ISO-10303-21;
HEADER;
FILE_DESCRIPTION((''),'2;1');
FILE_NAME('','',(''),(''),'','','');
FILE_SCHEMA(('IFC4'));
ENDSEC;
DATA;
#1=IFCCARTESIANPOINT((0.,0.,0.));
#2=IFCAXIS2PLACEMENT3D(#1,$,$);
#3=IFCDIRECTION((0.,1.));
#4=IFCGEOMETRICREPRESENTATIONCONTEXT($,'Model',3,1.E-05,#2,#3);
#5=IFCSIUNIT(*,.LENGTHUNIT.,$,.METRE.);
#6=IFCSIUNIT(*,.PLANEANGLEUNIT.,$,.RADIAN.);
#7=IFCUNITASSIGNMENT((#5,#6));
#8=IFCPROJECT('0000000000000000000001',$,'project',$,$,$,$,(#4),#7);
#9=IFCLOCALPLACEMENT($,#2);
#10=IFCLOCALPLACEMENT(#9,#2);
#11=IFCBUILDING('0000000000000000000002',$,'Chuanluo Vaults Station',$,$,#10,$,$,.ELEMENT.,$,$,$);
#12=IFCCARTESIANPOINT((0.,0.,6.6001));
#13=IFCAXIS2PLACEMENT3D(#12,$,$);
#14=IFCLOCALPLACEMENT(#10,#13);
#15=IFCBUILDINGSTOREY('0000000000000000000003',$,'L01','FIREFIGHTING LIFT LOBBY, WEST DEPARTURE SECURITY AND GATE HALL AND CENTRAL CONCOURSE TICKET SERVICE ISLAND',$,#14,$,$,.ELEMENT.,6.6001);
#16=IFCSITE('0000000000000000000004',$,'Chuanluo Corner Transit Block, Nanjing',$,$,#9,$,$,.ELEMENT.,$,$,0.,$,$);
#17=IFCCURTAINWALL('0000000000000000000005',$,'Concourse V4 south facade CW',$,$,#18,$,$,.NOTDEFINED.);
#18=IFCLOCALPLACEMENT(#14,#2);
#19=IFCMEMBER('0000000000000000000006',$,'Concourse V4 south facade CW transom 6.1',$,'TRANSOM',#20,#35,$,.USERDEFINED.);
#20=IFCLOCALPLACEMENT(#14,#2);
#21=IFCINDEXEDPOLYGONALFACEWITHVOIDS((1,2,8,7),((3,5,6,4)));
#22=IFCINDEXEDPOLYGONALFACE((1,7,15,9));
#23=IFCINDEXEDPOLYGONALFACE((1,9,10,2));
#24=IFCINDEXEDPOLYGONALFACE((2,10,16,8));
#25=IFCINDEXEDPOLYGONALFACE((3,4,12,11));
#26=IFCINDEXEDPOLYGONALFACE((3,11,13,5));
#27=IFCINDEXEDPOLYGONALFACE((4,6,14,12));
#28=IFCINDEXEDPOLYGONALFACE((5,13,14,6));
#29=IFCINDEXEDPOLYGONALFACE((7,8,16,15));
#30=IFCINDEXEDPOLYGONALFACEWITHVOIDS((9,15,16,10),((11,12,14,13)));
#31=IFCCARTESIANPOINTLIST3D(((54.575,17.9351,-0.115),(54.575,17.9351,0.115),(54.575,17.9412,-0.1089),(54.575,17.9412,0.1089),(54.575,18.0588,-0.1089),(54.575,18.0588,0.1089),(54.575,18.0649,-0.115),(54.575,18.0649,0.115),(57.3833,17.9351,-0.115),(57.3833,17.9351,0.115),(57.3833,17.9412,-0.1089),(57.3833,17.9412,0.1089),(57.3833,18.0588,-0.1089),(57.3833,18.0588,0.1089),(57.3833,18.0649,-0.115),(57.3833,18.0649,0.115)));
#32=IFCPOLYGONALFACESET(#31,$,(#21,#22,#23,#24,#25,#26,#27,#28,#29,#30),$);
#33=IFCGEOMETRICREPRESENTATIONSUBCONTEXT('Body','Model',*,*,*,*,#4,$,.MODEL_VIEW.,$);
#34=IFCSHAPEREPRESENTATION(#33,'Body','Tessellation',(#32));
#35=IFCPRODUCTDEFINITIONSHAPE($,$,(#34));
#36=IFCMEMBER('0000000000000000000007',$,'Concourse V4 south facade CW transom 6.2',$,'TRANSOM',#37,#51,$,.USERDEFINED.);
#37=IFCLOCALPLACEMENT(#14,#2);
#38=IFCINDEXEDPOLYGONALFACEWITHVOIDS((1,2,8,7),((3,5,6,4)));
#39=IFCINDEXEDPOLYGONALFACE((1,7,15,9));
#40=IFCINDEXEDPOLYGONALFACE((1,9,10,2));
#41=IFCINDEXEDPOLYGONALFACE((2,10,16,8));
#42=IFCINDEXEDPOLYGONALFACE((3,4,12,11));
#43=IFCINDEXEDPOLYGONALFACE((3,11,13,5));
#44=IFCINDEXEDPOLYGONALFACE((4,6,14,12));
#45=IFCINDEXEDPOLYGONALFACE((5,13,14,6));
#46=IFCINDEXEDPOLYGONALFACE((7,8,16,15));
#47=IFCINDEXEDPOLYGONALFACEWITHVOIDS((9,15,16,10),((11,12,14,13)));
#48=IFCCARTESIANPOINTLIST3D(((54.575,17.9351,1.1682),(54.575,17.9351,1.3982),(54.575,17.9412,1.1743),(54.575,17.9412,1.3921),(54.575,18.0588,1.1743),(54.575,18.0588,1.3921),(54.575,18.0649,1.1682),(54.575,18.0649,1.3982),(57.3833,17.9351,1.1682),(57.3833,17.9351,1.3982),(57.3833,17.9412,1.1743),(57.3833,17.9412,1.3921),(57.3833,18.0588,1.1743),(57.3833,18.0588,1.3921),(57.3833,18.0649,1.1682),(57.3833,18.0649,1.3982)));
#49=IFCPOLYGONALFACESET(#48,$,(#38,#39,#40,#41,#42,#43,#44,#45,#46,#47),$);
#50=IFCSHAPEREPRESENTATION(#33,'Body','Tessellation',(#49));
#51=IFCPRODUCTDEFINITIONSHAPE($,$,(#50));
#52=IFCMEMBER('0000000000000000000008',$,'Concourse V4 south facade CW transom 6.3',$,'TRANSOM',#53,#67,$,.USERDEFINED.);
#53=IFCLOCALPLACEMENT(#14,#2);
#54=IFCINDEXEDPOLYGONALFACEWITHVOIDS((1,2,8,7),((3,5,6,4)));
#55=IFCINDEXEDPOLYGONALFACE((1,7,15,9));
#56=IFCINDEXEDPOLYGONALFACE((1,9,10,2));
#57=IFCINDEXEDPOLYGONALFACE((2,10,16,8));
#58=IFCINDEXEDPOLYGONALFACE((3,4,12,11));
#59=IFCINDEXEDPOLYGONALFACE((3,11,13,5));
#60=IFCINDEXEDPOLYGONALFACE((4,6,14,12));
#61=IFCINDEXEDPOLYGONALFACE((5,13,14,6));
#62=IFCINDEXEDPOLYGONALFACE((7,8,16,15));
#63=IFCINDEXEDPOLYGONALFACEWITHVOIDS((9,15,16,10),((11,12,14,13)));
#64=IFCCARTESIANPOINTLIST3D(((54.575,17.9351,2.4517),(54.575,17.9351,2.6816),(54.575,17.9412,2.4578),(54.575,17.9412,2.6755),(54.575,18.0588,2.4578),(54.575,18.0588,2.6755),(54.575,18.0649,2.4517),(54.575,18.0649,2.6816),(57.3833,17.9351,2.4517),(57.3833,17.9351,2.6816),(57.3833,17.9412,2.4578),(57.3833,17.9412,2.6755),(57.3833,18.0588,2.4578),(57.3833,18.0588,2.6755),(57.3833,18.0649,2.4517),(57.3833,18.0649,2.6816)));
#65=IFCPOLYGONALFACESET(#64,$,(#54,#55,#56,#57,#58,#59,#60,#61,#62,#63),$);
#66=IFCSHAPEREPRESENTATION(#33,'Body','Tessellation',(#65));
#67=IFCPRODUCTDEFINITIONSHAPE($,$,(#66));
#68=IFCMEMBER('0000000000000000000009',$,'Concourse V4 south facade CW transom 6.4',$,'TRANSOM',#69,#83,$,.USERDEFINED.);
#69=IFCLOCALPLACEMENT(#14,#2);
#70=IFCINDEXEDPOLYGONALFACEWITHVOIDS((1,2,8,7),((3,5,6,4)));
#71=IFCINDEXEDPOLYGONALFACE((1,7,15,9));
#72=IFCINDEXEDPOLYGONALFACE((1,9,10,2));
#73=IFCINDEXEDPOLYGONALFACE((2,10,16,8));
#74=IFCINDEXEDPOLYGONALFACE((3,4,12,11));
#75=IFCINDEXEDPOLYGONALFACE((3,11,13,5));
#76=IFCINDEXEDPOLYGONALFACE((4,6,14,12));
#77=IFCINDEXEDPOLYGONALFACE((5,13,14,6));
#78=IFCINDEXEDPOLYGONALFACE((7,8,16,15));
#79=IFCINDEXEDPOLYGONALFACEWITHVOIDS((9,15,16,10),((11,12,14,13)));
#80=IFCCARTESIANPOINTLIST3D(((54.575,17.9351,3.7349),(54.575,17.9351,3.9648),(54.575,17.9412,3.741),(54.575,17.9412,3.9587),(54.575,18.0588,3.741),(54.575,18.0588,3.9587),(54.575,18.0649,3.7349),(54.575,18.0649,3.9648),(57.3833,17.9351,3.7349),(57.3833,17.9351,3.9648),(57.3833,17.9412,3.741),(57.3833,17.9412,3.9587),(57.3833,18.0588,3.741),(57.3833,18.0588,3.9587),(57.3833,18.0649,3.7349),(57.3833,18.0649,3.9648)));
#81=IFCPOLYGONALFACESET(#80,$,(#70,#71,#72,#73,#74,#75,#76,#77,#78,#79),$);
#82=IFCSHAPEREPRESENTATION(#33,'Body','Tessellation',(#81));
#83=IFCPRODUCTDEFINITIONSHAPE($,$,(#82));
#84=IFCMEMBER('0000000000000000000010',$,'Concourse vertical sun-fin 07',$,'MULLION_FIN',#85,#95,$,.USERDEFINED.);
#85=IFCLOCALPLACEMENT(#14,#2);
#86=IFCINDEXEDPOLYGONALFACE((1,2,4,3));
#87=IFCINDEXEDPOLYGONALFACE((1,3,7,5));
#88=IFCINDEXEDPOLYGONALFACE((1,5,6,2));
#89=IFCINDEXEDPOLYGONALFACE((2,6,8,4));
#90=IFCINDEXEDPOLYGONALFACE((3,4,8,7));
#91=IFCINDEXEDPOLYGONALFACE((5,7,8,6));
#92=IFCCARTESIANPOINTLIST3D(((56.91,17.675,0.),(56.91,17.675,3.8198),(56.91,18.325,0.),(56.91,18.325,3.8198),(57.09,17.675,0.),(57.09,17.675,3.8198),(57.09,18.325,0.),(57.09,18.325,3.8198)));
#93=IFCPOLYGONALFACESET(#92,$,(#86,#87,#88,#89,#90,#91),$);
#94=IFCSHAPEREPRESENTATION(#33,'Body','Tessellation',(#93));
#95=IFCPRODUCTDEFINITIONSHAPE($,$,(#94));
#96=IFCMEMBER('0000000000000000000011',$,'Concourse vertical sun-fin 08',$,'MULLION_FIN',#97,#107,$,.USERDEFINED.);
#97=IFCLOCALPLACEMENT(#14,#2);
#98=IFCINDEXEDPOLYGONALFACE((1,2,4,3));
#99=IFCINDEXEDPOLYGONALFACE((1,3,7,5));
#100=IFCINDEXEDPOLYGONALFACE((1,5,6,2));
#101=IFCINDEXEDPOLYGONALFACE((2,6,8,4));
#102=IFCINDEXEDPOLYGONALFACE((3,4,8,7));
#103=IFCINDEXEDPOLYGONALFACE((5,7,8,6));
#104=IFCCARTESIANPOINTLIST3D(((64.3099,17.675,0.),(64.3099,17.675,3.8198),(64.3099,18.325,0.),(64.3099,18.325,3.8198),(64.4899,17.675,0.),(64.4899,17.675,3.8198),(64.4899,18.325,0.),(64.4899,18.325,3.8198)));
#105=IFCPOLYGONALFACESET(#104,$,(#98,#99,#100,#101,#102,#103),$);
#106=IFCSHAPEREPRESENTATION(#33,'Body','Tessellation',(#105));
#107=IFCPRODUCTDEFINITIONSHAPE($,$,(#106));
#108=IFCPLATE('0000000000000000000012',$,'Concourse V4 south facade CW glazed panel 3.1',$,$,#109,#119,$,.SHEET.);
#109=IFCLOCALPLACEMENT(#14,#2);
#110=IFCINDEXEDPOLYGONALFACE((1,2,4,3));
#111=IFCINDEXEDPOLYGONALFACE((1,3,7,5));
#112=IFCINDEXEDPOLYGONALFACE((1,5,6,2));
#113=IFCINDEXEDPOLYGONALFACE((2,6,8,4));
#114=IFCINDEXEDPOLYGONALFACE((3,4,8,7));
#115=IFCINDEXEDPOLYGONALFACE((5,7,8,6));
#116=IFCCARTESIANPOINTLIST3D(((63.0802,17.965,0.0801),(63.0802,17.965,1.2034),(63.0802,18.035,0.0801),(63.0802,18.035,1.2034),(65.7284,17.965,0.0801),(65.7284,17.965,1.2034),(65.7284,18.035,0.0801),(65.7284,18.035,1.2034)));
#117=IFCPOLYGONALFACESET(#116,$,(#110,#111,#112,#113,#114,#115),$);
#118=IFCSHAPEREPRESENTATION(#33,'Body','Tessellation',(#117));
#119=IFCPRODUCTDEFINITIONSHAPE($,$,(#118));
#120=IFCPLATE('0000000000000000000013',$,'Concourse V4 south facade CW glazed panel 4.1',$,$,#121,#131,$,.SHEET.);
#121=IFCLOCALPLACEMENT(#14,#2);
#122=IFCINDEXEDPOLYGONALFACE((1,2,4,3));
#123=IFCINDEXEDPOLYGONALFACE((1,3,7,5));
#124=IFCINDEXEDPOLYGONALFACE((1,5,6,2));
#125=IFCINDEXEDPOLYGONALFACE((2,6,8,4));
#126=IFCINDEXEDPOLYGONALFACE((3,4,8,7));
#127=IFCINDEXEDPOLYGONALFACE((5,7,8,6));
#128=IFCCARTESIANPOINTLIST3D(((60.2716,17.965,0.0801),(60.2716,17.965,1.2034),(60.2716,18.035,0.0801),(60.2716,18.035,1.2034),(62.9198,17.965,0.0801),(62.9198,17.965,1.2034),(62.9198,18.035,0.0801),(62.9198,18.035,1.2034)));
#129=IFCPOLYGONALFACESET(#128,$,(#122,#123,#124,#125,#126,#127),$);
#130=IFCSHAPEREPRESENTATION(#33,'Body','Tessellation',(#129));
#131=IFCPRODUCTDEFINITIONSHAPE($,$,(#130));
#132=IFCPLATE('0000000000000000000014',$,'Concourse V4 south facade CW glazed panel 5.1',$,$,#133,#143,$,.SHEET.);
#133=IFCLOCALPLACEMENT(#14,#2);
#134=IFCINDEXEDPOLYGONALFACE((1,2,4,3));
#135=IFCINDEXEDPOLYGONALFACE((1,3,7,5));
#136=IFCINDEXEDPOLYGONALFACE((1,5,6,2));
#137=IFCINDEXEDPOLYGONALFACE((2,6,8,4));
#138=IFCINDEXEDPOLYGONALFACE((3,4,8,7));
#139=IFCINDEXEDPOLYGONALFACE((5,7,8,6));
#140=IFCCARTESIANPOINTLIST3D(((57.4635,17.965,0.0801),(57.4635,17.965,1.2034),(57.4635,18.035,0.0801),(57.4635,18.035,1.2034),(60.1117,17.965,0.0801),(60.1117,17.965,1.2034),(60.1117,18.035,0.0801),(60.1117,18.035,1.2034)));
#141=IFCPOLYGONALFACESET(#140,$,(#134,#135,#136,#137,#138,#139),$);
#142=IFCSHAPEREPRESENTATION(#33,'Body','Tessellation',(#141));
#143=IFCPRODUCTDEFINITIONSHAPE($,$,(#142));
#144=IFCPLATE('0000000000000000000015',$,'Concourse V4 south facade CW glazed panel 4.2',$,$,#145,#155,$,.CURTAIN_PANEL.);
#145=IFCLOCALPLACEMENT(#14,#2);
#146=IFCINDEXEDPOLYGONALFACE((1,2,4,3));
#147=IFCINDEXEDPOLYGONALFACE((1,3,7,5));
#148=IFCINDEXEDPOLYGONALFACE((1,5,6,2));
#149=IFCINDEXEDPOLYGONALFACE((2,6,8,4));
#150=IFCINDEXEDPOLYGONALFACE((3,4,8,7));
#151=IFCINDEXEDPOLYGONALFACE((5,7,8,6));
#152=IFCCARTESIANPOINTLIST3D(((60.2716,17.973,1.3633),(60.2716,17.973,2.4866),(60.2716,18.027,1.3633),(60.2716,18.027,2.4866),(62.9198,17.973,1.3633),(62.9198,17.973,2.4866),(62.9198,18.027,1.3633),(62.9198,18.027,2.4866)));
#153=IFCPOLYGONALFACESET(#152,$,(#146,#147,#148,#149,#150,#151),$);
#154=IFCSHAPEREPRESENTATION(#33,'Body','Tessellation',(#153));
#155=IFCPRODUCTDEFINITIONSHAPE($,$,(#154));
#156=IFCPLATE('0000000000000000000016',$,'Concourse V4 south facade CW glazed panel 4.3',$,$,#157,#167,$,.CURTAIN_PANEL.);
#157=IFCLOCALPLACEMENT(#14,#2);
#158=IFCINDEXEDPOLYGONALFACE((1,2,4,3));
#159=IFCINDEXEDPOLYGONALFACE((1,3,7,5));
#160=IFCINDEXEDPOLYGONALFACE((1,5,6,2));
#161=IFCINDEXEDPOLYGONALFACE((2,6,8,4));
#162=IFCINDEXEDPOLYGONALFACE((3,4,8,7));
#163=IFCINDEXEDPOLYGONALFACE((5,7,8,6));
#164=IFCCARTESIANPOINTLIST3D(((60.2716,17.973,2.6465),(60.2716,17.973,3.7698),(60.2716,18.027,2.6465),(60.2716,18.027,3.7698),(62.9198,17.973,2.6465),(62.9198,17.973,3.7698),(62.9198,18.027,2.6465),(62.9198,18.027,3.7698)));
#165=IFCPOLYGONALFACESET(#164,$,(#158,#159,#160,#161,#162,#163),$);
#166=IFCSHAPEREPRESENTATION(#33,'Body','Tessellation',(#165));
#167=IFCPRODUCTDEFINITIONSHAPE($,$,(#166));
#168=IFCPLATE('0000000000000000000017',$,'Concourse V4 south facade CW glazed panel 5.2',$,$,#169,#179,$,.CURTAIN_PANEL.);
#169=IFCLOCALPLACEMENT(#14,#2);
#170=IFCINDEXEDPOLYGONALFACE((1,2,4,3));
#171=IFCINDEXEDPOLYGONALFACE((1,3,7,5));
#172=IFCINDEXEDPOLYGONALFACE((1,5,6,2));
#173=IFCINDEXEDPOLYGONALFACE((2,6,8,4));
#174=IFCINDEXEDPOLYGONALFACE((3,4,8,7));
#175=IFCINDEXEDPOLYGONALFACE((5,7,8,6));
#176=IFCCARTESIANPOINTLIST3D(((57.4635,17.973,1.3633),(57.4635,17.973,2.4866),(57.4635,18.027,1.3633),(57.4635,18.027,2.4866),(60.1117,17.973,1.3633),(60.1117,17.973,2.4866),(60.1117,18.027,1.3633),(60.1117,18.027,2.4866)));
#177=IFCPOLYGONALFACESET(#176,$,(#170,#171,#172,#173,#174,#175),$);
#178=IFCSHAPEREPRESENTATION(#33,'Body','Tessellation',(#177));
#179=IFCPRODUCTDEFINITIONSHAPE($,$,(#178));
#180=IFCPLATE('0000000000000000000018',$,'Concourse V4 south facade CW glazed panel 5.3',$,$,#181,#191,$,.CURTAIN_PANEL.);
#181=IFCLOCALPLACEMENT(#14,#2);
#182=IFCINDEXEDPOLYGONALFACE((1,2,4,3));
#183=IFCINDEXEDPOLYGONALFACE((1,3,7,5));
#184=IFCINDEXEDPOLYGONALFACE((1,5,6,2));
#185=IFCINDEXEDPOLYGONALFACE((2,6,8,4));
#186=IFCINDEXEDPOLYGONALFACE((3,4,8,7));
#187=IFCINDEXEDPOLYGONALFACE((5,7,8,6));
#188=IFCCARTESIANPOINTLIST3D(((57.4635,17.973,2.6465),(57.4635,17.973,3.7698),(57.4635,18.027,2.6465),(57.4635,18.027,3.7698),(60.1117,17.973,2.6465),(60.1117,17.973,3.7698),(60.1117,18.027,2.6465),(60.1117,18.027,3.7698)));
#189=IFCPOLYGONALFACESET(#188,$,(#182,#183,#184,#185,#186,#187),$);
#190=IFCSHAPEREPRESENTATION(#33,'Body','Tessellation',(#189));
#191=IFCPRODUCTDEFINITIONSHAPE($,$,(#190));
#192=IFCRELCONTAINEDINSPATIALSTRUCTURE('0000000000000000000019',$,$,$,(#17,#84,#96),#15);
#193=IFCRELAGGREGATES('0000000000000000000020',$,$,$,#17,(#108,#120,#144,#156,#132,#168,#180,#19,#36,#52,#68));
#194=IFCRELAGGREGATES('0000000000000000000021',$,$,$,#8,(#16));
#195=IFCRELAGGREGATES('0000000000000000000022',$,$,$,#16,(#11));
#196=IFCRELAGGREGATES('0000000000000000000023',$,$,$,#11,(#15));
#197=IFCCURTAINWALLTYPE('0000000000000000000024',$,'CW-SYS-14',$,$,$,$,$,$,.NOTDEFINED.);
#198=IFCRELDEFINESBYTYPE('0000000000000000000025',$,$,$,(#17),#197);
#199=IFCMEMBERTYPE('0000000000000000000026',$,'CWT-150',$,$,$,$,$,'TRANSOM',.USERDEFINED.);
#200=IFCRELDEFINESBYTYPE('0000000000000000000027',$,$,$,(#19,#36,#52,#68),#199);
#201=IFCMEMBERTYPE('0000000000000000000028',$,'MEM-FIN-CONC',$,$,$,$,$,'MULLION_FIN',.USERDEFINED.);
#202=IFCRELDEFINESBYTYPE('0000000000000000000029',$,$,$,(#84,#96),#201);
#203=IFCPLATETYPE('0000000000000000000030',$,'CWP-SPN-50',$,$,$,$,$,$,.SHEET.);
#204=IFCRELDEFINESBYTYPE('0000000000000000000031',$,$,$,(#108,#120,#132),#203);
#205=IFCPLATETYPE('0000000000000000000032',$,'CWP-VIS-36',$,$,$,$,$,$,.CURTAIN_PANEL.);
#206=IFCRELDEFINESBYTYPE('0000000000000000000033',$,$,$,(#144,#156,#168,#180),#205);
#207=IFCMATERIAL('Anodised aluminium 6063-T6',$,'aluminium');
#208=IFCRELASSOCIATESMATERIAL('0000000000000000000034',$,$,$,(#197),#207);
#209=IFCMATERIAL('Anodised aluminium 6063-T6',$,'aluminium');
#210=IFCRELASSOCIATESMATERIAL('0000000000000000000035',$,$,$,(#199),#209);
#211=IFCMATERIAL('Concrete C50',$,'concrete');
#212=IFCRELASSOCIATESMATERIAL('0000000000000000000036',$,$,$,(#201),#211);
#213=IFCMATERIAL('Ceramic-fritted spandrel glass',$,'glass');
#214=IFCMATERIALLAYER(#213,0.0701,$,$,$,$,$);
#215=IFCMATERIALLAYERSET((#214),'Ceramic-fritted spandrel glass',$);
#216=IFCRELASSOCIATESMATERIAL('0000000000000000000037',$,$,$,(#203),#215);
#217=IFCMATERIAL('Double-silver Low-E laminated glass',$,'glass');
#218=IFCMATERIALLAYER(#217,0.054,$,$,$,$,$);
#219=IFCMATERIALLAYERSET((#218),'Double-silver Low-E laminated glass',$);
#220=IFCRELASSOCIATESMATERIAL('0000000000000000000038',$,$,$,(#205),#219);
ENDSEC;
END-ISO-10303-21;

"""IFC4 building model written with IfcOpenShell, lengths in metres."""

from ifc_helpers import new_model, si_unit, direction, frame, origin, origin_2d, place, context, subcontext, project, spatial, rectangle, hollow_rectangle, extrude, material, layer, layer_set, material_profile, profile_set, type_object, element, aggregate, save


model = new_model("IFC4")

# Units and contexts
model_context = context("Model", 3, precision=1e-05, world=origin(), true_north=direction((0.0, 1.0)))
body_context = subcontext(model_context, "Body", "Model", "MODEL_VIEW")
ifc_project = project(units=[si_unit("LENGTHUNIT", "METRE"), si_unit("PLANEANGLEUNIT", "RADIAN")], contexts=[model_context])

# Site, building, storey
site_placement = place(None, origin())
site = spatial("IfcSite", under=ifc_project, at=site_placement, Name="Chuanluo Corner Transit Block, Nanjing", CompositionType="ELEMENT", RefElevation=0.0)
building_placement = place(site_placement, origin())
building = spatial("IfcBuilding", under=site, at=building_placement, Name="Chuanluo Vaults Station", CompositionType="ELEMENT")
storey_placement = place(building_placement, frame((0.0, 0.0, 6.6001)))
storey = spatial("IfcBuildingStorey", under=building, at=storey_placement, Name="L01", Description="FIREFIGHTING LIFT LOBBY, WEST DEPARTURE SECURITY AND GATE HALL AND CENTRAL CONCOURSE TICKET SERVICE ISLAND", CompositionType="ELEMENT", Elevation=6.6001)

# Curtain wall, members
ifc_material_1 = material(Name="Anodised aluminium 6063-T6", Category="aluminium")
curtain_wall_type = type_object("IfcCurtainWallType", Name="CW-SYS-14", PredefinedType="NOTDEFINED", material=ifc_material_1)
curtain_wall_placement = place(storey_placement, origin())
curtain_wall = element("IfcCurtainWall", 1, at=curtain_wall_placement, inside=storey, type_object=curtain_wall_type, Name="Concourse V4 south facade CW", PredefinedType="NOTDEFINED")
ifc_material_2 = material(Name="Anodised aluminium 6063-T6", Category="aluminium")
ifc_material_profile_1 = material_profile(ifc_material_2, hollow_rectangle(XDim=0.1299, YDim=0.23, WallThickness=0.0061, at=origin_2d()))
ifc_profile_set_1 = profile_set([ifc_material_profile_1], Name="Anodised aluminium 6063-T6")
member_type_1 = type_object("IfcMemberType", Name="CWT-150", ElementType="TRANSOM", PredefinedType="USERDEFINED", material=ifc_profile_set_1)
member_1_placement = place(storey_placement, frame((57.3833, 18.0, 0.0), z_axis=(-1.0, 0.0, 0.0), x_axis=(0.0, -1.0, 0.0)))
member_1 = element("IfcMember", 2, at=member_1_placement, type_object=member_type_1, Name="Concourse V4 south facade CW transom 6.1", ObjectType="TRANSOM", PredefinedType="USERDEFINED", context=body_context, shape_type="SweptSolid", body=[
    extrude(hollow_rectangle(XDim=0.1299, YDim=0.23, WallThickness=0.0061, at=origin_2d()), origin(), (0.0, 0.0, 1.0), 2.8083),
])
member_2_placement = place(storey_placement, frame((57.3833, 18.0, 1.2832), z_axis=(-1.0, 0.0, 0.0), x_axis=(0.0, -1.0, 0.0)))
member_2 = element("IfcMember", 3, at=member_2_placement, type_object=member_type_1, Name="Concourse V4 south facade CW transom 6.2", ObjectType="TRANSOM", PredefinedType="USERDEFINED", context=body_context, shape_type="SweptSolid", body=[
    extrude(hollow_rectangle(XDim=0.1299, YDim=0.23, WallThickness=0.0061, at=origin_2d()), origin(), (0.0, 0.0, 1.0), 2.8083),
])
member_3_placement = place(storey_placement, frame((57.3833, 18.0, 2.5667), z_axis=(-1.0, 0.0, 0.0), x_axis=(0.0, -1.0, 0.0)))
member_3 = element("IfcMember", 4, at=member_3_placement, type_object=member_type_1, Name="Concourse V4 south facade CW transom 6.3", ObjectType="TRANSOM", PredefinedType="USERDEFINED", context=body_context, shape_type="SweptSolid", body=[
    extrude(hollow_rectangle(XDim=0.1299, YDim=0.23, WallThickness=0.0061, at=origin_2d()), origin(), (0.0, 0.0, 1.0), 2.8083),
])
member_4_placement = place(storey_placement, frame((57.3833, 18.0, 3.8499), z_axis=(-1.0, 0.0, 0.0), x_axis=(0.0, -1.0, 0.0)))
member_4 = element("IfcMember", 5, at=member_4_placement, type_object=member_type_1, Name="Concourse V4 south facade CW transom 6.4", ObjectType="TRANSOM", PredefinedType="USERDEFINED", context=body_context, shape_type="SweptSolid", body=[
    extrude(hollow_rectangle(XDim=0.1299, YDim=0.23, WallThickness=0.0061, at=origin_2d()), origin(), (0.0, 0.0, 1.0), 2.8083),
])

# Members
ifc_material_3 = material(Name="Concrete C50", Category="concrete")
ifc_material_profile_2 = material_profile(ifc_material_3, rectangle(XDim=0.1799, YDim=0.6499, at=origin_2d()))
ifc_profile_set_2 = profile_set([ifc_material_profile_2], Name="Concrete C50")
member_type_2 = type_object("IfcMemberType", Name="MEM-FIN-CONC", ElementType="MULLION_FIN", PredefinedType="USERDEFINED", material=ifc_profile_set_2)
for number, where, z_axis, x_axis, name in (
    (6, (57.0, 18.0, 0.0), (0.0, 0.0, 1.0), (1.0, 0.0, 0.0), "Concourse vertical sun-fin 07"),
    (7, (64.3999, 18.0, 0.0), (0.0, 0.0, 1.0), (1.0, 0.0, 0.0), "Concourse vertical sun-fin 08"),
):
    element("IfcMember", number, at=place(storey_placement, frame(where, z_axis=z_axis, x_axis=x_axis)), inside=storey, type_object=member_type_2, Name=name, ObjectType="MULLION_FIN", PredefinedType="USERDEFINED", context=body_context, shape_type="SweptSolid", body=[
        extrude(rectangle(XDim=0.1799, YDim=0.6499, at=origin_2d()), origin(), (0.0, 0.0, 1.0), 3.8198),
    ])

# Plates
ifc_material_4 = material(Name="Ceramic-fritted spandrel glass", Category="glass")
ifc_layer_1 = layer(ifc_material_4, 0.0701)
ifc_layer_set_1 = layer_set([ifc_layer_1], Name="Ceramic-fritted spandrel glass")
plate_type_1 = type_object("IfcPlateType", Name="CWP-SPN-50", PredefinedType="SHEET", material=ifc_layer_set_1)
plate_1_placement = place(storey_placement, frame((64.4043, 18.0, 0.0801), z_axis=(0.0, 0.0, 1.0), x_axis=(-1.0, 0.0, 0.0)))
plate_1 = element("IfcPlate", 8, at=plate_1_placement, type_object=plate_type_1, Name="Concourse V4 south facade CW glazed panel 3.1", PredefinedType="SHEET", context=body_context, shape_type="SweptSolid", body=[
    extrude(rectangle(XDim=2.6482, YDim=0.0701, at=origin_2d()), origin(), (0.0, 0.0, 1.0), 1.1233),
])
plate_2_placement = place(storey_placement, frame((61.5957, 18.0, 0.0801), z_axis=(0.0, 0.0, 1.0), x_axis=(-1.0, 0.0, 0.0)))
plate_2 = element("IfcPlate", 9, at=plate_2_placement, type_object=plate_type_1, Name="Concourse V4 south facade CW glazed panel 4.1", PredefinedType="SHEET", context=body_context, shape_type="SweptSolid", body=[
    extrude(rectangle(XDim=2.6482, YDim=0.0701, at=origin_2d()), origin(), (0.0, 0.0, 1.0), 1.1233),
])
plate_3_placement = place(storey_placement, frame((58.7876, 18.0, 0.0801), z_axis=(0.0, 0.0, 1.0), x_axis=(-1.0, 0.0, 0.0)))
plate_3 = element("IfcPlate", 10, at=plate_3_placement, type_object=plate_type_1, Name="Concourse V4 south facade CW glazed panel 5.1", PredefinedType="SHEET", context=body_context, shape_type="SweptSolid", body=[
    extrude(rectangle(XDim=2.6482, YDim=0.0701, at=origin_2d()), origin(), (0.0, 0.0, 1.0), 1.1233),
])
ifc_material_5 = material(Name="Double-silver Low-E laminated glass", Category="glass")
ifc_layer_2 = layer(ifc_material_5, 0.054)
ifc_layer_set_2 = layer_set([ifc_layer_2], Name="Double-silver Low-E laminated glass")
plate_type_2 = type_object("IfcPlateType", Name="CWP-VIS-36", PredefinedType="CURTAIN_PANEL", material=ifc_layer_set_2)
plate_4_placement = place(storey_placement, frame((61.5957, 18.0, 1.3633), z_axis=(0.0, 0.0, 1.0), x_axis=(-1.0, 0.0, 0.0)))
plate_4 = element("IfcPlate", 11, at=plate_4_placement, type_object=plate_type_2, Name="Concourse V4 south facade CW glazed panel 4.2", PredefinedType="CURTAIN_PANEL", context=body_context, shape_type="SweptSolid", body=[
    extrude(rectangle(XDim=2.6482, YDim=0.054, at=origin_2d()), origin(), (0.0, 0.0, 1.0), 1.1233),
])
plate_5_placement = place(storey_placement, frame((61.5957, 18.0, 2.6465), z_axis=(0.0, 0.0, 1.0), x_axis=(-1.0, 0.0, 0.0)))
plate_5 = element("IfcPlate", 12, at=plate_5_placement, type_object=plate_type_2, Name="Concourse V4 south facade CW glazed panel 4.3", PredefinedType="CURTAIN_PANEL", context=body_context, shape_type="SweptSolid", body=[
    extrude(rectangle(XDim=2.6482, YDim=0.054, at=origin_2d()), origin(), (0.0, 0.0, 1.0), 1.1233),
])
plate_6_placement = place(storey_placement, frame((58.7876, 18.0, 1.3633), z_axis=(0.0, 0.0, 1.0), x_axis=(-1.0, 0.0, 0.0)))
plate_6 = element("IfcPlate", 13, at=plate_6_placement, type_object=plate_type_2, Name="Concourse V4 south facade CW glazed panel 5.2", PredefinedType="CURTAIN_PANEL", context=body_context, shape_type="SweptSolid", body=[
    extrude(rectangle(XDim=2.6482, YDim=0.054, at=origin_2d()), origin(), (0.0, 0.0, 1.0), 1.1233),
])
plate_7_placement = place(storey_placement, frame((58.7876, 18.0, 2.6465), z_axis=(0.0, 0.0, 1.0), x_axis=(-1.0, 0.0, 0.0)))
plate_7 = element("IfcPlate", 14, at=plate_7_placement, type_object=plate_type_2, Name="Concourse V4 south facade CW glazed panel 5.3", PredefinedType="CURTAIN_PANEL", context=body_context, shape_type="SweptSolid", body=[
    extrude(rectangle(XDim=2.6482, YDim=0.054, at=origin_2d()), origin(), (0.0, 0.0, 1.0), 1.1233),
])
aggregate(curtain_wall, [plate_1, plate_2, plate_4, plate_5, plate_3, plate_6, plate_7, member_1, member_2, member_3, member_4])

save(model, "model.ifc")
